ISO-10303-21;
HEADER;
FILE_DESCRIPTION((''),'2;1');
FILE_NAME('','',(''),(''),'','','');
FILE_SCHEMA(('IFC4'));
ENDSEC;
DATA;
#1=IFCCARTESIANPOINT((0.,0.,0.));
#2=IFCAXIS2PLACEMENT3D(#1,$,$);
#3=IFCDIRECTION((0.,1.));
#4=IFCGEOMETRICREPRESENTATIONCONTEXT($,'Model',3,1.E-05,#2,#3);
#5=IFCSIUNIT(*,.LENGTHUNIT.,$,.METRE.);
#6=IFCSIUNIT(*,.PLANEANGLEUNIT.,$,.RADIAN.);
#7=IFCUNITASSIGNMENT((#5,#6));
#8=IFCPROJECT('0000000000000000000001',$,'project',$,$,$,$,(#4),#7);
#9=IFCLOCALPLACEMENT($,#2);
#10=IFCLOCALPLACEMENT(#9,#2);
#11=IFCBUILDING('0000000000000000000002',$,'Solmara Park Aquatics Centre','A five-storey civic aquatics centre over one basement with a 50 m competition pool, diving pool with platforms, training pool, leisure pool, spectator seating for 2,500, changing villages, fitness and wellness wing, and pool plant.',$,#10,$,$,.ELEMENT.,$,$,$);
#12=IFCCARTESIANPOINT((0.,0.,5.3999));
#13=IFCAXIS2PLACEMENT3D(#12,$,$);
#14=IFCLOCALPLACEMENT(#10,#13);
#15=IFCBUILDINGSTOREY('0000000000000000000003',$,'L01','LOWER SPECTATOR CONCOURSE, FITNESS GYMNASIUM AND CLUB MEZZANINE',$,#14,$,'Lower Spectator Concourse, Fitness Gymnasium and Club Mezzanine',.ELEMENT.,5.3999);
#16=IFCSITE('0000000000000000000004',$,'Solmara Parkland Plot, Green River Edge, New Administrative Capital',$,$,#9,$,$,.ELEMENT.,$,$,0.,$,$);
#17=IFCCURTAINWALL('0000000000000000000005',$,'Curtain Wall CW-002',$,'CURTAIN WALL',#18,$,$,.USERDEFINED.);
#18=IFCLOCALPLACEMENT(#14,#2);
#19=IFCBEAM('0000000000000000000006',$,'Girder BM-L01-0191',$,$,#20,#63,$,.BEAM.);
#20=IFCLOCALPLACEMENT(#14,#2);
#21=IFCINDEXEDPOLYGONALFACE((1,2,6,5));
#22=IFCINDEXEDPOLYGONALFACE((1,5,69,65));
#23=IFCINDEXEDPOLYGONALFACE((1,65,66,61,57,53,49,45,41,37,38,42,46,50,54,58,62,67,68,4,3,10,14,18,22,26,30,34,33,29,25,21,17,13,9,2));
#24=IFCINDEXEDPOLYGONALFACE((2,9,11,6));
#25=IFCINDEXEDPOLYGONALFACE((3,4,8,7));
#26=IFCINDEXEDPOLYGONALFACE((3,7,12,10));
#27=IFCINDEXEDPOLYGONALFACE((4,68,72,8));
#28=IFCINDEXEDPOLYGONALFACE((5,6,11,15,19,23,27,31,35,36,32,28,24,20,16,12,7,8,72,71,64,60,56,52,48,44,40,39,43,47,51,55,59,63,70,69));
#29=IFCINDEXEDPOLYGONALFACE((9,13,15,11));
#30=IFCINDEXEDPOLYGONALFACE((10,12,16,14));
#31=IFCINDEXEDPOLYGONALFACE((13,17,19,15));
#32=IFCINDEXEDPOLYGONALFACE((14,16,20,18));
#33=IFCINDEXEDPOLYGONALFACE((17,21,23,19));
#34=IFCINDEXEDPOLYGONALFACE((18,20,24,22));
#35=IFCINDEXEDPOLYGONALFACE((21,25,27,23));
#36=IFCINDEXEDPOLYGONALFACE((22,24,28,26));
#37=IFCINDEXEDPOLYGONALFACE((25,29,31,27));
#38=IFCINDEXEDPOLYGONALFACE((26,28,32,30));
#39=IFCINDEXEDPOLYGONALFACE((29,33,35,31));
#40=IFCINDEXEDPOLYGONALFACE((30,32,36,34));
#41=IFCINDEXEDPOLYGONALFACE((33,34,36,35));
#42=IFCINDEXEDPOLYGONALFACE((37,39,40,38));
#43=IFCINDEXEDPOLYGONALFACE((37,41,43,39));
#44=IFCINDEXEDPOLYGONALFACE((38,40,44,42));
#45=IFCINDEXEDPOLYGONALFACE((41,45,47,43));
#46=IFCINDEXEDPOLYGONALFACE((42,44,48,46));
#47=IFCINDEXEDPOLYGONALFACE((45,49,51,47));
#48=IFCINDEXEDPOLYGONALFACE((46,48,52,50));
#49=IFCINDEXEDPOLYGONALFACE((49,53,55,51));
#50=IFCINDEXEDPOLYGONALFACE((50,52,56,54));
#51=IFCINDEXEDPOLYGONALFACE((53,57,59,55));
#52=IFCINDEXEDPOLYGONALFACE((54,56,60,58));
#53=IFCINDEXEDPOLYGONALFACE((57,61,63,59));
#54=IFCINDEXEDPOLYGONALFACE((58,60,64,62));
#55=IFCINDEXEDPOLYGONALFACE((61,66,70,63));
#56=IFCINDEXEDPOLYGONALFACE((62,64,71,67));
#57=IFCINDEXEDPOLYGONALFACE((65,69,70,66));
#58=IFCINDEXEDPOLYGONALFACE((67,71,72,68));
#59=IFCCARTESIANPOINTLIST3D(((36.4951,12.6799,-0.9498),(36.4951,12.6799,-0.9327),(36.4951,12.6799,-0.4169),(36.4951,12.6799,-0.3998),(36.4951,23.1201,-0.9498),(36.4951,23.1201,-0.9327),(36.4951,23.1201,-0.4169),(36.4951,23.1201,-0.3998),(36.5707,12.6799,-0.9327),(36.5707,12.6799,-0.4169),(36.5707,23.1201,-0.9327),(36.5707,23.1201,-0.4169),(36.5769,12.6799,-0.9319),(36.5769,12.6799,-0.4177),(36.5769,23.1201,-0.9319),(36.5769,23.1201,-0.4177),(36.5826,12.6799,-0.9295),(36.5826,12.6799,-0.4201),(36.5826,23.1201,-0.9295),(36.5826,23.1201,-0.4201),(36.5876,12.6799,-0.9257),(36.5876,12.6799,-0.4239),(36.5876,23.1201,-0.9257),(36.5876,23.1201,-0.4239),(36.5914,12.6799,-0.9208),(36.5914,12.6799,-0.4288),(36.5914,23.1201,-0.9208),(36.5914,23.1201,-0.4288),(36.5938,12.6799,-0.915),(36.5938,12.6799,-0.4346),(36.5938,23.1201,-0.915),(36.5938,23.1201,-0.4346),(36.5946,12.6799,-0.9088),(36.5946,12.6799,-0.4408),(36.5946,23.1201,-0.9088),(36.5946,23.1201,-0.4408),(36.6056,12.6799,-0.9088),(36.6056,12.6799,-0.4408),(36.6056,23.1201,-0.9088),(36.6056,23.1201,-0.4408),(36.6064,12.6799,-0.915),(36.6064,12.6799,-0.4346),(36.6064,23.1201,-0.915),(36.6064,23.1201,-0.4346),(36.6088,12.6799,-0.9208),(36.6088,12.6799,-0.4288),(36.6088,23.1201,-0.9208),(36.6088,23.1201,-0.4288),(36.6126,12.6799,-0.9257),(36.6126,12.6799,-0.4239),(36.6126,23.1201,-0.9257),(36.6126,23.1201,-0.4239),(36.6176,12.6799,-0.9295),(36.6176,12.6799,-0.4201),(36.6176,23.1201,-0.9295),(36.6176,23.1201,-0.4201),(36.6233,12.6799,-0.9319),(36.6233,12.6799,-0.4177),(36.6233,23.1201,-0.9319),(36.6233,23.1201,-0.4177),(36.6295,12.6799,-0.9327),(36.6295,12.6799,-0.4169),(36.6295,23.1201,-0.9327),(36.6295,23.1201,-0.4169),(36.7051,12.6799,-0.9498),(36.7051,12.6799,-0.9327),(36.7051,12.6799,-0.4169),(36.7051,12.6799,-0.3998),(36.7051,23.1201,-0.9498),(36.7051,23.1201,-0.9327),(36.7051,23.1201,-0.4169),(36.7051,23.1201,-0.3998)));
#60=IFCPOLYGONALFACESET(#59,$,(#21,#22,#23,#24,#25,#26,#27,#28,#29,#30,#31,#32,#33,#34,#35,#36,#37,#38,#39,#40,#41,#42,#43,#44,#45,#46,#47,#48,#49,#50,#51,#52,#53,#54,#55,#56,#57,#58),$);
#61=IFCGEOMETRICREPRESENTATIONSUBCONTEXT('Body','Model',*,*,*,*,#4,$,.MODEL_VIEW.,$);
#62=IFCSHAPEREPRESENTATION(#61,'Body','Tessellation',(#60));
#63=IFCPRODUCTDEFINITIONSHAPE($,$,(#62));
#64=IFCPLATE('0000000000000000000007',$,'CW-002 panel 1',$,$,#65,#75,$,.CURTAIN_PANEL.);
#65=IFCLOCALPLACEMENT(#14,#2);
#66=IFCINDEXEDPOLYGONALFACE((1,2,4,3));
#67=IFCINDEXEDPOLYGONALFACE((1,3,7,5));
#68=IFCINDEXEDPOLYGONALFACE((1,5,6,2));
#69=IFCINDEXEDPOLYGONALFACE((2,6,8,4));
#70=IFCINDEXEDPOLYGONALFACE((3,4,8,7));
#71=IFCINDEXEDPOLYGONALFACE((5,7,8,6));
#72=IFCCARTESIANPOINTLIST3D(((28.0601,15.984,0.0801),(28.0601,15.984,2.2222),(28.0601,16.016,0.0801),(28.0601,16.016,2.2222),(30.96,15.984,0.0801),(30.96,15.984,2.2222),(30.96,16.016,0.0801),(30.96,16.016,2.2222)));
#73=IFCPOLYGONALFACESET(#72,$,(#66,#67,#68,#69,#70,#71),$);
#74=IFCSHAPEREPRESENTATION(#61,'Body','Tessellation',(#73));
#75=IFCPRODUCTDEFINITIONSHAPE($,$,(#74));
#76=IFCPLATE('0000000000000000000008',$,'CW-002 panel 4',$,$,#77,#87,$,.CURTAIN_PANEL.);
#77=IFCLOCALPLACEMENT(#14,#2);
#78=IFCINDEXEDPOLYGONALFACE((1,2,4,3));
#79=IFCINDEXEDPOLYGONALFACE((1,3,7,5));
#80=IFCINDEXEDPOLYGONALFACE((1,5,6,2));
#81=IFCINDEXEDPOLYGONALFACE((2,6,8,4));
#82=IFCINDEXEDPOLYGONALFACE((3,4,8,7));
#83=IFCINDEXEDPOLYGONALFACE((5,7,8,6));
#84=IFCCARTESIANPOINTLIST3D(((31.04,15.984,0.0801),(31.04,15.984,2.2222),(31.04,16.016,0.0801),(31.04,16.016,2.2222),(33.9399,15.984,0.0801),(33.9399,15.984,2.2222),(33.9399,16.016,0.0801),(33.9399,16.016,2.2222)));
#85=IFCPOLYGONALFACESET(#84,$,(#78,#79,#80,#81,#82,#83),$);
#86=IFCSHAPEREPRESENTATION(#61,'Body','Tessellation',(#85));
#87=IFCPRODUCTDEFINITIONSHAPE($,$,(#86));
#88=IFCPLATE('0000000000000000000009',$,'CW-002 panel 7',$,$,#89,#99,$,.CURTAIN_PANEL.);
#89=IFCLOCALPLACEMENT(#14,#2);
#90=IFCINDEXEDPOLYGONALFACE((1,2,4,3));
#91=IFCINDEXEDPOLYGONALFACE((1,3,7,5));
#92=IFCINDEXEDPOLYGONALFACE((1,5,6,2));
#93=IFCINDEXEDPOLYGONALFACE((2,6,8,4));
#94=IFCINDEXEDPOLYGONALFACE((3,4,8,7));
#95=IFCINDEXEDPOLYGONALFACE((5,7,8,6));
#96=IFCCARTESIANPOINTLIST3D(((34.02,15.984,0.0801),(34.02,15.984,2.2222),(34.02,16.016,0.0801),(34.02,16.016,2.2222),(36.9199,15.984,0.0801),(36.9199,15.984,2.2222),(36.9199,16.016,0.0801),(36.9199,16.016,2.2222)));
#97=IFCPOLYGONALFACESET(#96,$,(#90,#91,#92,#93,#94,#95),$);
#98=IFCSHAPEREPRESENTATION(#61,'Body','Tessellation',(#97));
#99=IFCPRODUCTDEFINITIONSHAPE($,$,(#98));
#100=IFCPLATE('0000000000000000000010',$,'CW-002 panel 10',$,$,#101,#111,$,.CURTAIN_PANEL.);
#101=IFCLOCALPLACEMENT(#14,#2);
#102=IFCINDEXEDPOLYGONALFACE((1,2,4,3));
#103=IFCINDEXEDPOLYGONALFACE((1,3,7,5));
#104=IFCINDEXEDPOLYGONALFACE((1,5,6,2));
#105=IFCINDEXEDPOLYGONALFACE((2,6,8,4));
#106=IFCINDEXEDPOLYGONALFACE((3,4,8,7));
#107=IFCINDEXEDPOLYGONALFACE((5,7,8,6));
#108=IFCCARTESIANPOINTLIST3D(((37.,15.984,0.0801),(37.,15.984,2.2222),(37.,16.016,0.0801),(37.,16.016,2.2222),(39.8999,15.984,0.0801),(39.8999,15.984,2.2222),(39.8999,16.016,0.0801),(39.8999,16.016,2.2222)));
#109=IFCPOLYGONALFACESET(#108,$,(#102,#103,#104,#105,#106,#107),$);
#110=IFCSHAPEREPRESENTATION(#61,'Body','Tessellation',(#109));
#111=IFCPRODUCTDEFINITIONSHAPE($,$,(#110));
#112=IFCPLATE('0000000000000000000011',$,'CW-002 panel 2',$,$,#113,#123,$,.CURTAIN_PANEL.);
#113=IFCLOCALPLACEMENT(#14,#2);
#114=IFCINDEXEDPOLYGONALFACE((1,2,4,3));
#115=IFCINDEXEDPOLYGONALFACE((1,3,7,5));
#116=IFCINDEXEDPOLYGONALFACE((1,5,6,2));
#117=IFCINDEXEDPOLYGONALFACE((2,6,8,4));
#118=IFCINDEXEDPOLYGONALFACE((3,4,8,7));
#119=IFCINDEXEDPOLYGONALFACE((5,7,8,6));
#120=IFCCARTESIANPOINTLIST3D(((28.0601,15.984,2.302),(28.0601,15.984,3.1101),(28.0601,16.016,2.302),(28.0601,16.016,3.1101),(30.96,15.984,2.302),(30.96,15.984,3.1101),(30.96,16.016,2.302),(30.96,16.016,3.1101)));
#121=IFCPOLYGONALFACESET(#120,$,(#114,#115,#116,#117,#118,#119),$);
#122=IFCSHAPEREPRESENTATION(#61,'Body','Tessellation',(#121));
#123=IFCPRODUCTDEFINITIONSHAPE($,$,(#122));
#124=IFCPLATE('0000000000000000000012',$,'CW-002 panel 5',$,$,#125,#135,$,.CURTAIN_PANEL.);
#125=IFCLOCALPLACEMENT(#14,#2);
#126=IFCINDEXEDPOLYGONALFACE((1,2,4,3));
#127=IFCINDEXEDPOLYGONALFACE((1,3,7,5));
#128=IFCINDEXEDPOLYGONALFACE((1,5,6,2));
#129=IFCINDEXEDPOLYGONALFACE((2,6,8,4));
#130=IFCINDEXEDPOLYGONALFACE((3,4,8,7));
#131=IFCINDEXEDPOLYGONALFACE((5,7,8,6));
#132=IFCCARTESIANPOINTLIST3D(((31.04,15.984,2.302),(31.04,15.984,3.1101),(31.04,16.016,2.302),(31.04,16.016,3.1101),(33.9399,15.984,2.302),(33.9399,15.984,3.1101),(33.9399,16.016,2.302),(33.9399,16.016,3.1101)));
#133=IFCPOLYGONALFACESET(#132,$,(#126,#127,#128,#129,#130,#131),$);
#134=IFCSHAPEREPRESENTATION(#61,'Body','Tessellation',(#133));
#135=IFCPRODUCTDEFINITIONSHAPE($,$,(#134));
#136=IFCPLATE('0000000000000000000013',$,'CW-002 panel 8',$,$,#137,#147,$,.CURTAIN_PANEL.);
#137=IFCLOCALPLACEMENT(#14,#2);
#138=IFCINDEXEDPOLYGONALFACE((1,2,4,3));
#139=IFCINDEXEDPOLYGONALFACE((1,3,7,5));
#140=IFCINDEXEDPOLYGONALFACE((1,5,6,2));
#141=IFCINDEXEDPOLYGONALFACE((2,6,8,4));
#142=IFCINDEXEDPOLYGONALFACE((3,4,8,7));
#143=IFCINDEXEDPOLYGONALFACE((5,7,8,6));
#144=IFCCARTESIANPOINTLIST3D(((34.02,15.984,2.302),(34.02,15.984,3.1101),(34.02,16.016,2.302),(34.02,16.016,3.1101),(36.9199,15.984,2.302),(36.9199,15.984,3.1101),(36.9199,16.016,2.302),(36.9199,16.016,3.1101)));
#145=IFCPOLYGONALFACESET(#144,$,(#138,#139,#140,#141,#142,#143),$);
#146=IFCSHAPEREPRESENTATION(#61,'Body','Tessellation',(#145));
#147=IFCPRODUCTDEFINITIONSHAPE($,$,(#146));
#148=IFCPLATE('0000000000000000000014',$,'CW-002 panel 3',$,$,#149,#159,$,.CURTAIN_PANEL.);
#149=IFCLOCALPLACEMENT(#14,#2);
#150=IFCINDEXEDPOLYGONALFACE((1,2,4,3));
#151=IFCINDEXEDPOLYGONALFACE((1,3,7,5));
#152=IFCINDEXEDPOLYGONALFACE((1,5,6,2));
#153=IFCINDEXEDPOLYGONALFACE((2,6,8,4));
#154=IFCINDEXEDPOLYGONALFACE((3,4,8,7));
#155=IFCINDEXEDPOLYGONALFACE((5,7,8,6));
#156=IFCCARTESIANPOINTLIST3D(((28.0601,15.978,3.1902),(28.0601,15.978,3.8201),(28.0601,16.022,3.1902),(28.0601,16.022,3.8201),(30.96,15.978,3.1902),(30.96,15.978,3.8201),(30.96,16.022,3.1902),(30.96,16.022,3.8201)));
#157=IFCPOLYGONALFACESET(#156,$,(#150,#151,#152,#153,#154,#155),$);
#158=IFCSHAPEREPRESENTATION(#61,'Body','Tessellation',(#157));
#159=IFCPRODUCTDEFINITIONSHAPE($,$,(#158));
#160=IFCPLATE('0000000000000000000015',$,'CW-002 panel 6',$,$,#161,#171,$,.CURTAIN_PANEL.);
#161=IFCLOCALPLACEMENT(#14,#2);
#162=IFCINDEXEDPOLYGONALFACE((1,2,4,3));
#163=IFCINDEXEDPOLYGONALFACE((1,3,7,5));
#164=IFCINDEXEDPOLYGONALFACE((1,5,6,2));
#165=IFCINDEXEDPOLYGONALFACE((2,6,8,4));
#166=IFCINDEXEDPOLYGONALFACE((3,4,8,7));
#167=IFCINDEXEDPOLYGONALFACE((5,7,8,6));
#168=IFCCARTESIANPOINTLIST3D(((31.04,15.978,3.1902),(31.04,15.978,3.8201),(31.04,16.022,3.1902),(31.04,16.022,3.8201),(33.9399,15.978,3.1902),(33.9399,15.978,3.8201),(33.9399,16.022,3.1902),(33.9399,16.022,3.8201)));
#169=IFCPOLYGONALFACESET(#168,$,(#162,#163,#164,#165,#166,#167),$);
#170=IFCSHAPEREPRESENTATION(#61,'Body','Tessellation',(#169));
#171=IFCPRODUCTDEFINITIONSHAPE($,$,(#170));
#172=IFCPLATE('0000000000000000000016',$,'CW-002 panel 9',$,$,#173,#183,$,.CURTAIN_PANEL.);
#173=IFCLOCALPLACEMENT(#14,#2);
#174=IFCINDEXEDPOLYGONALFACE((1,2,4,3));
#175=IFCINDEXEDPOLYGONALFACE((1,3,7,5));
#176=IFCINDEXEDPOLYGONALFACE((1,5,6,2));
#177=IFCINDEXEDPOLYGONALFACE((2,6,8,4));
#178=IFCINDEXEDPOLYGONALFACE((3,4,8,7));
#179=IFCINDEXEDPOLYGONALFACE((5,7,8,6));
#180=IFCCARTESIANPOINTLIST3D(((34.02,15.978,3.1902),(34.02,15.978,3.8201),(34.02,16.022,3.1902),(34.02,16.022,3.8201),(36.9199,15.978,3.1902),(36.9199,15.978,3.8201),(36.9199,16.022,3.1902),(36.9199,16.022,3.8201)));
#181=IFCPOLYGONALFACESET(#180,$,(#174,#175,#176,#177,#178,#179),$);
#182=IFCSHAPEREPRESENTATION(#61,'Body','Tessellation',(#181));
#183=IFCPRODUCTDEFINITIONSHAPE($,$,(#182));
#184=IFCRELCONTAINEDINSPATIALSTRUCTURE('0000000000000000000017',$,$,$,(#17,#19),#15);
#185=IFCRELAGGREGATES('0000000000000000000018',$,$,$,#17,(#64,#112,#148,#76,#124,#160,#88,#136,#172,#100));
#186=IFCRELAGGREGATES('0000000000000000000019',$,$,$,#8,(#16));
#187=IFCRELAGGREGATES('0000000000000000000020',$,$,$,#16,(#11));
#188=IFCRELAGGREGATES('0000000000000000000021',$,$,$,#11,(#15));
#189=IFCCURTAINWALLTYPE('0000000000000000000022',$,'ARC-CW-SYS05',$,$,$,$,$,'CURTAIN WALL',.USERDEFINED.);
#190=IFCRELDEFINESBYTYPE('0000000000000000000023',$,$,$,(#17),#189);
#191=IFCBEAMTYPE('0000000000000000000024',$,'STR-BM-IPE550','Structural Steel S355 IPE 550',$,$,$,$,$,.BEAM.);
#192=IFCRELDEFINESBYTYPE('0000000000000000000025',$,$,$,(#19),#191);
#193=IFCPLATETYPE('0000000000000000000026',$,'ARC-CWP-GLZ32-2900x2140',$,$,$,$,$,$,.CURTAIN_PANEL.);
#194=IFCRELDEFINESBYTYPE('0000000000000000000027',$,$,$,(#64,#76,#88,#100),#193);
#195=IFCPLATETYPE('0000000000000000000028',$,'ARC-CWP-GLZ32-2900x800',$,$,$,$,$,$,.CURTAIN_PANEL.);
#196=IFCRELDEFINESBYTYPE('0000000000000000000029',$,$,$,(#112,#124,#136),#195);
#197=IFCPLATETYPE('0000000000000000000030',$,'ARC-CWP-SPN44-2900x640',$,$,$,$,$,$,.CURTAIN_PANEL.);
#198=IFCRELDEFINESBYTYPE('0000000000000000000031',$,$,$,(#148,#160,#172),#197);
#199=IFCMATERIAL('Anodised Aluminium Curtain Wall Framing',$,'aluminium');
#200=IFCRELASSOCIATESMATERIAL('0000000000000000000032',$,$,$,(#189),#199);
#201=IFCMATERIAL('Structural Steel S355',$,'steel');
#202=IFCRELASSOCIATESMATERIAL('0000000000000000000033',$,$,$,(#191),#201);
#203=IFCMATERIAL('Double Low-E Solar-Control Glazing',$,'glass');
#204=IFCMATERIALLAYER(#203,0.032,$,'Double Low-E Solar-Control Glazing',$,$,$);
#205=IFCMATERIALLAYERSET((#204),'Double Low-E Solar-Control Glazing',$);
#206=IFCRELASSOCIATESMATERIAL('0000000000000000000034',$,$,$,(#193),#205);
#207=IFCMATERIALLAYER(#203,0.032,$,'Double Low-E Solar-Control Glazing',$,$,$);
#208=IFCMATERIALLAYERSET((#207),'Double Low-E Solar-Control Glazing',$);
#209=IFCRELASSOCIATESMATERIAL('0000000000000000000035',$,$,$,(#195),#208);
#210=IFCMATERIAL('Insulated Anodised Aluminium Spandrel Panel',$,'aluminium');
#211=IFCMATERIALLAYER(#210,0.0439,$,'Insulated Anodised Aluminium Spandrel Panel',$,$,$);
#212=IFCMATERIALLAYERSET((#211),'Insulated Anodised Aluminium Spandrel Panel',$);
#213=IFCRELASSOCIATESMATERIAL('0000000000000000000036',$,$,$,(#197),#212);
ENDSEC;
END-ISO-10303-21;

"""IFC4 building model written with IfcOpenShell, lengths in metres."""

from ifc_helpers import new_model, si_unit, direction, frame, origin, origin_2d, place, context, subcontext, project, spatial, rectangle, i_section, extrude, material, layer, layer_set, material_profile, profile_set, type_object, element, aggregate, save


model = new_model("IFC4")

# Units and contexts
model_context = context("Model", 3, precision=1e-05, world=origin(), true_north=direction((0.0, 1.0)))
body_context = subcontext(model_context, "Body", "Model", "MODEL_VIEW")
ifc_project = project(units=[si_unit("LENGTHUNIT", "METRE"), si_unit("PLANEANGLEUNIT", "RADIAN")], contexts=[model_context])

# Site, building, storey
site_placement = place(None, origin())
site = spatial("IfcSite", under=ifc_project, at=site_placement, Name="Solmara Parkland Plot, Green River Edge, New Administrative Capital", CompositionType="ELEMENT", RefElevation=0.0)
building_placement = place(site_placement, origin())
building = spatial("IfcBuilding", under=site, at=building_placement, Name="Solmara Park Aquatics Centre", Description="A five-storey civic aquatics centre over one basement with a 50 m competition pool, diving pool with platforms, training pool, leisure pool, spectator seating for 2,500, changing villages, fitness and wellness wing, and pool plant.", CompositionType="ELEMENT")
storey_placement = place(building_placement, frame((0.0, 0.0, 5.3999)))
storey = spatial("IfcBuildingStorey", under=building, at=storey_placement, Name="L01", Description="LOWER SPECTATOR CONCOURSE, FITNESS GYMNASIUM AND CLUB MEZZANINE", LongName="Lower Spectator Concourse, Fitness Gymnasium and Club Mezzanine", CompositionType="ELEMENT", Elevation=5.3999)

# Shared definitions
ifc_material_1 = material(Name="Structural Steel S355", Category="steel")

# Curtain wall
ifc_material_2 = material(Name="Anodised Aluminium Curtain Wall Framing", Category="aluminium")
curtain_wall_type = type_object("IfcCurtainWallType", Name="ARC-CW-SYS05", ElementType="CURTAIN WALL", PredefinedType="USERDEFINED", material=ifc_material_2)
curtain_wall_placement = place(storey_placement, origin())
curtain_wall = element("IfcCurtainWall", 1, at=curtain_wall_placement, inside=storey, type_object=curtain_wall_type, Name="Curtain Wall CW-002", ObjectType="CURTAIN WALL", PredefinedType="USERDEFINED")

# Beam
ifc_material_profile_1 = material_profile(ifc_material_1, i_section(OverallWidth=0.21, OverallDepth=0.55, WebThickness=0.011, FlangeThickness=0.0171, FilletRadius=0.0239, at=origin_2d()), Name="IPE 550")
ifc_profile_set_1 = profile_set([ifc_material_profile_1], Name="Structural Steel S355")
beam_type_1 = type_object("IfcBeamType", Name="STR-BM-IPE550", Description="Structural Steel S355 IPE 550", PredefinedType="BEAM", material=ifc_profile_set_1)
beam_1_placement = place(storey_placement, frame((36.6001, 12.6799, -0.6748), z_axis=(0.0, 1.0, 0.0), x_axis=(-1.0, 0.0, 0.0)))
element("IfcBeam", 2, at=beam_1_placement, inside=storey, type_object=beam_type_1, Name="Girder BM-L01-0191", PredefinedType="BEAM", context=body_context, shape_type="SweptSolid", body=[
    extrude(i_section(OverallWidth=0.21, OverallDepth=0.55, WebThickness=0.011, FlangeThickness=0.0171, FilletRadius=0.0239, at=origin_2d()), origin(), (0.0, 0.0, 1.0), 10.4402),
])

# Plates
ifc_material_3 = material(Name="Double Low-E Solar-Control Glazing", Category="glass")
ifc_layer_1 = layer(ifc_material_3, 0.032, Name="Double Low-E Solar-Control Glazing")
ifc_layer_set_1 = layer_set([ifc_layer_1], Name="Double Low-E Solar-Control Glazing")
plate_type_1 = type_object("IfcPlateType", Name="ARC-CWP-GLZ32-2900x2140", PredefinedType="CURTAIN_PANEL", material=ifc_layer_set_1)
plate_1_placement = place(storey_placement, frame((29.51, 16.0, 0.0801), z_axis=(0.0, 0.0, 1.0), x_axis=(1.0, 0.0, 0.0)))
plate_1 = element("IfcPlate", 3, at=plate_1_placement, type_object=plate_type_1, Name="CW-002 panel 1", PredefinedType="CURTAIN_PANEL", context=body_context, shape_type="SweptSolid", body=[
    extrude(rectangle(XDim=2.8999, YDim=0.032, at=origin_2d()), origin(), (0.0, 0.0, 1.0), 2.1421),
])
plate_2_placement = place(storey_placement, frame((32.49, 16.0, 0.0801), z_axis=(0.0, 0.0, 1.0), x_axis=(1.0, 0.0, 0.0)))
plate_2 = element("IfcPlate", 4, at=plate_2_placement, type_object=plate_type_1, Name="CW-002 panel 4", PredefinedType="CURTAIN_PANEL", context=body_context, shape_type="SweptSolid", body=[
    extrude(rectangle(XDim=2.8999, YDim=0.032, at=origin_2d()), origin(), (0.0, 0.0, 1.0), 2.1421),
])
plate_3_placement = place(storey_placement, frame((35.47, 16.0, 0.0801), z_axis=(0.0, 0.0, 1.0), x_axis=(1.0, 0.0, 0.0)))
plate_3 = element("IfcPlate", 5, at=plate_3_placement, type_object=plate_type_1, Name="CW-002 panel 7", PredefinedType="CURTAIN_PANEL", context=body_context, shape_type="SweptSolid", body=[
    extrude(rectangle(XDim=2.8999, YDim=0.032, at=origin_2d()), origin(), (0.0, 0.0, 1.0), 2.1421),
])
plate_4_placement = place(storey_placement, frame((38.45, 16.0, 0.0801), z_axis=(0.0, 0.0, 1.0), x_axis=(1.0, 0.0, 0.0)))
plate_4 = element("IfcPlate", 6, at=plate_4_placement, type_object=plate_type_1, Name="CW-002 panel 10", PredefinedType="CURTAIN_PANEL", context=body_context, shape_type="SweptSolid", body=[
    extrude(rectangle(XDim=2.8999, YDim=0.032, at=origin_2d()), origin(), (0.0, 0.0, 1.0), 2.1421),
])
ifc_layer_2 = layer(ifc_material_3, 0.032, Name="Double Low-E Solar-Control Glazing")
ifc_layer_set_2 = layer_set([ifc_layer_2], Name="Double Low-E Solar-Control Glazing")
plate_type_2 = type_object("IfcPlateType", Name="ARC-CWP-GLZ32-2900x800", PredefinedType="CURTAIN_PANEL", material=ifc_layer_set_2)
plate_5_placement = place(storey_placement, frame((29.51, 16.0, 2.302), z_axis=(0.0, 0.0, 1.0), x_axis=(1.0, 0.0, 0.0)))
plate_5 = element("IfcPlate", 7, at=plate_5_placement, type_object=plate_type_2, Name="CW-002 panel 2", PredefinedType="CURTAIN_PANEL", context=body_context, shape_type="SweptSolid", body=[
    extrude(rectangle(XDim=2.8999, YDim=0.032, at=origin_2d()), origin(), (0.0, 0.0, 1.0), 0.8081),
])
plate_6_placement = place(storey_placement, frame((32.49, 16.0, 2.302), z_axis=(0.0, 0.0, 1.0), x_axis=(1.0, 0.0, 0.0)))
plate_6 = element("IfcPlate", 8, at=plate_6_placement, type_object=plate_type_2, Name="CW-002 panel 5", PredefinedType="CURTAIN_PANEL", context=body_context, shape_type="SweptSolid", body=[
    extrude(rectangle(XDim=2.8999, YDim=0.032, at=origin_2d()), origin(), (0.0, 0.0, 1.0), 0.8081),
])
plate_7_placement = place(storey_placement, frame((35.47, 16.0, 2.302), z_axis=(0.0, 0.0, 1.0), x_axis=(1.0, 0.0, 0.0)))
plate_7 = element("IfcPlate", 9, at=plate_7_placement, type_object=plate_type_2, Name="CW-002 panel 8", PredefinedType="CURTAIN_PANEL", context=body_context, shape_type="SweptSolid", body=[
    extrude(rectangle(XDim=2.8999, YDim=0.032, at=origin_2d()), origin(), (0.0, 0.0, 1.0), 0.8081),
])
ifc_material_4 = material(Name="Insulated Anodised Aluminium Spandrel Panel", Category="aluminium")
ifc_layer_3 = layer(ifc_material_4, 0.0439, Name="Insulated Anodised Aluminium Spandrel Panel")
ifc_layer_set_3 = layer_set([ifc_layer_3], Name="Insulated Anodised Aluminium Spandrel Panel")
plate_type_3 = type_object("IfcPlateType", Name="ARC-CWP-SPN44-2900x640", PredefinedType="CURTAIN_PANEL", material=ifc_layer_set_3)
plate_8_placement = place(storey_placement, frame((29.51, 16.0, 3.1902), z_axis=(0.0, 0.0, 1.0), x_axis=(1.0, 0.0, 0.0)))
plate_8 = element("IfcPlate", 10, at=plate_8_placement, type_object=plate_type_3, Name="CW-002 panel 3", PredefinedType="CURTAIN_PANEL", context=body_context, shape_type="SweptSolid", body=[
    extrude(rectangle(XDim=2.8999, YDim=0.0439, at=origin_2d()), origin(), (0.0, 0.0, 1.0), 0.6299),
])
plate_9_placement = place(storey_placement, frame((32.49, 16.0, 3.1902), z_axis=(0.0, 0.0, 1.0), x_axis=(1.0, 0.0, 0.0)))
plate_9 = element("IfcPlate", 11, at=plate_9_placement, type_object=plate_type_3, Name="CW-002 panel 6", PredefinedType="CURTAIN_PANEL", context=body_context, shape_type="SweptSolid", body=[
    extrude(rectangle(XDim=2.8999, YDim=0.0439, at=origin_2d()), origin(), (0.0, 0.0, 1.0), 0.6299),
])
plate_10_placement = place(storey_placement, frame((35.47, 16.0, 3.1902), z_axis=(0.0, 0.0, 1.0), x_axis=(1.0, 0.0, 0.0)))
plate_10 = element("IfcPlate", 12, at=plate_10_placement, type_object=plate_type_3, Name="CW-002 panel 9", PredefinedType="CURTAIN_PANEL", context=body_context, shape_type="SweptSolid", body=[
    extrude(rectangle(XDim=2.8999, YDim=0.0439, at=origin_2d()), origin(), (0.0, 0.0, 1.0), 0.6299),
])
aggregate(curtain_wall, [plate_1, plate_5, plate_8, plate_2, plate_6, plate_9, plate_3, plate_7, plate_10, plate_4])

save(model, "model.ifc")
